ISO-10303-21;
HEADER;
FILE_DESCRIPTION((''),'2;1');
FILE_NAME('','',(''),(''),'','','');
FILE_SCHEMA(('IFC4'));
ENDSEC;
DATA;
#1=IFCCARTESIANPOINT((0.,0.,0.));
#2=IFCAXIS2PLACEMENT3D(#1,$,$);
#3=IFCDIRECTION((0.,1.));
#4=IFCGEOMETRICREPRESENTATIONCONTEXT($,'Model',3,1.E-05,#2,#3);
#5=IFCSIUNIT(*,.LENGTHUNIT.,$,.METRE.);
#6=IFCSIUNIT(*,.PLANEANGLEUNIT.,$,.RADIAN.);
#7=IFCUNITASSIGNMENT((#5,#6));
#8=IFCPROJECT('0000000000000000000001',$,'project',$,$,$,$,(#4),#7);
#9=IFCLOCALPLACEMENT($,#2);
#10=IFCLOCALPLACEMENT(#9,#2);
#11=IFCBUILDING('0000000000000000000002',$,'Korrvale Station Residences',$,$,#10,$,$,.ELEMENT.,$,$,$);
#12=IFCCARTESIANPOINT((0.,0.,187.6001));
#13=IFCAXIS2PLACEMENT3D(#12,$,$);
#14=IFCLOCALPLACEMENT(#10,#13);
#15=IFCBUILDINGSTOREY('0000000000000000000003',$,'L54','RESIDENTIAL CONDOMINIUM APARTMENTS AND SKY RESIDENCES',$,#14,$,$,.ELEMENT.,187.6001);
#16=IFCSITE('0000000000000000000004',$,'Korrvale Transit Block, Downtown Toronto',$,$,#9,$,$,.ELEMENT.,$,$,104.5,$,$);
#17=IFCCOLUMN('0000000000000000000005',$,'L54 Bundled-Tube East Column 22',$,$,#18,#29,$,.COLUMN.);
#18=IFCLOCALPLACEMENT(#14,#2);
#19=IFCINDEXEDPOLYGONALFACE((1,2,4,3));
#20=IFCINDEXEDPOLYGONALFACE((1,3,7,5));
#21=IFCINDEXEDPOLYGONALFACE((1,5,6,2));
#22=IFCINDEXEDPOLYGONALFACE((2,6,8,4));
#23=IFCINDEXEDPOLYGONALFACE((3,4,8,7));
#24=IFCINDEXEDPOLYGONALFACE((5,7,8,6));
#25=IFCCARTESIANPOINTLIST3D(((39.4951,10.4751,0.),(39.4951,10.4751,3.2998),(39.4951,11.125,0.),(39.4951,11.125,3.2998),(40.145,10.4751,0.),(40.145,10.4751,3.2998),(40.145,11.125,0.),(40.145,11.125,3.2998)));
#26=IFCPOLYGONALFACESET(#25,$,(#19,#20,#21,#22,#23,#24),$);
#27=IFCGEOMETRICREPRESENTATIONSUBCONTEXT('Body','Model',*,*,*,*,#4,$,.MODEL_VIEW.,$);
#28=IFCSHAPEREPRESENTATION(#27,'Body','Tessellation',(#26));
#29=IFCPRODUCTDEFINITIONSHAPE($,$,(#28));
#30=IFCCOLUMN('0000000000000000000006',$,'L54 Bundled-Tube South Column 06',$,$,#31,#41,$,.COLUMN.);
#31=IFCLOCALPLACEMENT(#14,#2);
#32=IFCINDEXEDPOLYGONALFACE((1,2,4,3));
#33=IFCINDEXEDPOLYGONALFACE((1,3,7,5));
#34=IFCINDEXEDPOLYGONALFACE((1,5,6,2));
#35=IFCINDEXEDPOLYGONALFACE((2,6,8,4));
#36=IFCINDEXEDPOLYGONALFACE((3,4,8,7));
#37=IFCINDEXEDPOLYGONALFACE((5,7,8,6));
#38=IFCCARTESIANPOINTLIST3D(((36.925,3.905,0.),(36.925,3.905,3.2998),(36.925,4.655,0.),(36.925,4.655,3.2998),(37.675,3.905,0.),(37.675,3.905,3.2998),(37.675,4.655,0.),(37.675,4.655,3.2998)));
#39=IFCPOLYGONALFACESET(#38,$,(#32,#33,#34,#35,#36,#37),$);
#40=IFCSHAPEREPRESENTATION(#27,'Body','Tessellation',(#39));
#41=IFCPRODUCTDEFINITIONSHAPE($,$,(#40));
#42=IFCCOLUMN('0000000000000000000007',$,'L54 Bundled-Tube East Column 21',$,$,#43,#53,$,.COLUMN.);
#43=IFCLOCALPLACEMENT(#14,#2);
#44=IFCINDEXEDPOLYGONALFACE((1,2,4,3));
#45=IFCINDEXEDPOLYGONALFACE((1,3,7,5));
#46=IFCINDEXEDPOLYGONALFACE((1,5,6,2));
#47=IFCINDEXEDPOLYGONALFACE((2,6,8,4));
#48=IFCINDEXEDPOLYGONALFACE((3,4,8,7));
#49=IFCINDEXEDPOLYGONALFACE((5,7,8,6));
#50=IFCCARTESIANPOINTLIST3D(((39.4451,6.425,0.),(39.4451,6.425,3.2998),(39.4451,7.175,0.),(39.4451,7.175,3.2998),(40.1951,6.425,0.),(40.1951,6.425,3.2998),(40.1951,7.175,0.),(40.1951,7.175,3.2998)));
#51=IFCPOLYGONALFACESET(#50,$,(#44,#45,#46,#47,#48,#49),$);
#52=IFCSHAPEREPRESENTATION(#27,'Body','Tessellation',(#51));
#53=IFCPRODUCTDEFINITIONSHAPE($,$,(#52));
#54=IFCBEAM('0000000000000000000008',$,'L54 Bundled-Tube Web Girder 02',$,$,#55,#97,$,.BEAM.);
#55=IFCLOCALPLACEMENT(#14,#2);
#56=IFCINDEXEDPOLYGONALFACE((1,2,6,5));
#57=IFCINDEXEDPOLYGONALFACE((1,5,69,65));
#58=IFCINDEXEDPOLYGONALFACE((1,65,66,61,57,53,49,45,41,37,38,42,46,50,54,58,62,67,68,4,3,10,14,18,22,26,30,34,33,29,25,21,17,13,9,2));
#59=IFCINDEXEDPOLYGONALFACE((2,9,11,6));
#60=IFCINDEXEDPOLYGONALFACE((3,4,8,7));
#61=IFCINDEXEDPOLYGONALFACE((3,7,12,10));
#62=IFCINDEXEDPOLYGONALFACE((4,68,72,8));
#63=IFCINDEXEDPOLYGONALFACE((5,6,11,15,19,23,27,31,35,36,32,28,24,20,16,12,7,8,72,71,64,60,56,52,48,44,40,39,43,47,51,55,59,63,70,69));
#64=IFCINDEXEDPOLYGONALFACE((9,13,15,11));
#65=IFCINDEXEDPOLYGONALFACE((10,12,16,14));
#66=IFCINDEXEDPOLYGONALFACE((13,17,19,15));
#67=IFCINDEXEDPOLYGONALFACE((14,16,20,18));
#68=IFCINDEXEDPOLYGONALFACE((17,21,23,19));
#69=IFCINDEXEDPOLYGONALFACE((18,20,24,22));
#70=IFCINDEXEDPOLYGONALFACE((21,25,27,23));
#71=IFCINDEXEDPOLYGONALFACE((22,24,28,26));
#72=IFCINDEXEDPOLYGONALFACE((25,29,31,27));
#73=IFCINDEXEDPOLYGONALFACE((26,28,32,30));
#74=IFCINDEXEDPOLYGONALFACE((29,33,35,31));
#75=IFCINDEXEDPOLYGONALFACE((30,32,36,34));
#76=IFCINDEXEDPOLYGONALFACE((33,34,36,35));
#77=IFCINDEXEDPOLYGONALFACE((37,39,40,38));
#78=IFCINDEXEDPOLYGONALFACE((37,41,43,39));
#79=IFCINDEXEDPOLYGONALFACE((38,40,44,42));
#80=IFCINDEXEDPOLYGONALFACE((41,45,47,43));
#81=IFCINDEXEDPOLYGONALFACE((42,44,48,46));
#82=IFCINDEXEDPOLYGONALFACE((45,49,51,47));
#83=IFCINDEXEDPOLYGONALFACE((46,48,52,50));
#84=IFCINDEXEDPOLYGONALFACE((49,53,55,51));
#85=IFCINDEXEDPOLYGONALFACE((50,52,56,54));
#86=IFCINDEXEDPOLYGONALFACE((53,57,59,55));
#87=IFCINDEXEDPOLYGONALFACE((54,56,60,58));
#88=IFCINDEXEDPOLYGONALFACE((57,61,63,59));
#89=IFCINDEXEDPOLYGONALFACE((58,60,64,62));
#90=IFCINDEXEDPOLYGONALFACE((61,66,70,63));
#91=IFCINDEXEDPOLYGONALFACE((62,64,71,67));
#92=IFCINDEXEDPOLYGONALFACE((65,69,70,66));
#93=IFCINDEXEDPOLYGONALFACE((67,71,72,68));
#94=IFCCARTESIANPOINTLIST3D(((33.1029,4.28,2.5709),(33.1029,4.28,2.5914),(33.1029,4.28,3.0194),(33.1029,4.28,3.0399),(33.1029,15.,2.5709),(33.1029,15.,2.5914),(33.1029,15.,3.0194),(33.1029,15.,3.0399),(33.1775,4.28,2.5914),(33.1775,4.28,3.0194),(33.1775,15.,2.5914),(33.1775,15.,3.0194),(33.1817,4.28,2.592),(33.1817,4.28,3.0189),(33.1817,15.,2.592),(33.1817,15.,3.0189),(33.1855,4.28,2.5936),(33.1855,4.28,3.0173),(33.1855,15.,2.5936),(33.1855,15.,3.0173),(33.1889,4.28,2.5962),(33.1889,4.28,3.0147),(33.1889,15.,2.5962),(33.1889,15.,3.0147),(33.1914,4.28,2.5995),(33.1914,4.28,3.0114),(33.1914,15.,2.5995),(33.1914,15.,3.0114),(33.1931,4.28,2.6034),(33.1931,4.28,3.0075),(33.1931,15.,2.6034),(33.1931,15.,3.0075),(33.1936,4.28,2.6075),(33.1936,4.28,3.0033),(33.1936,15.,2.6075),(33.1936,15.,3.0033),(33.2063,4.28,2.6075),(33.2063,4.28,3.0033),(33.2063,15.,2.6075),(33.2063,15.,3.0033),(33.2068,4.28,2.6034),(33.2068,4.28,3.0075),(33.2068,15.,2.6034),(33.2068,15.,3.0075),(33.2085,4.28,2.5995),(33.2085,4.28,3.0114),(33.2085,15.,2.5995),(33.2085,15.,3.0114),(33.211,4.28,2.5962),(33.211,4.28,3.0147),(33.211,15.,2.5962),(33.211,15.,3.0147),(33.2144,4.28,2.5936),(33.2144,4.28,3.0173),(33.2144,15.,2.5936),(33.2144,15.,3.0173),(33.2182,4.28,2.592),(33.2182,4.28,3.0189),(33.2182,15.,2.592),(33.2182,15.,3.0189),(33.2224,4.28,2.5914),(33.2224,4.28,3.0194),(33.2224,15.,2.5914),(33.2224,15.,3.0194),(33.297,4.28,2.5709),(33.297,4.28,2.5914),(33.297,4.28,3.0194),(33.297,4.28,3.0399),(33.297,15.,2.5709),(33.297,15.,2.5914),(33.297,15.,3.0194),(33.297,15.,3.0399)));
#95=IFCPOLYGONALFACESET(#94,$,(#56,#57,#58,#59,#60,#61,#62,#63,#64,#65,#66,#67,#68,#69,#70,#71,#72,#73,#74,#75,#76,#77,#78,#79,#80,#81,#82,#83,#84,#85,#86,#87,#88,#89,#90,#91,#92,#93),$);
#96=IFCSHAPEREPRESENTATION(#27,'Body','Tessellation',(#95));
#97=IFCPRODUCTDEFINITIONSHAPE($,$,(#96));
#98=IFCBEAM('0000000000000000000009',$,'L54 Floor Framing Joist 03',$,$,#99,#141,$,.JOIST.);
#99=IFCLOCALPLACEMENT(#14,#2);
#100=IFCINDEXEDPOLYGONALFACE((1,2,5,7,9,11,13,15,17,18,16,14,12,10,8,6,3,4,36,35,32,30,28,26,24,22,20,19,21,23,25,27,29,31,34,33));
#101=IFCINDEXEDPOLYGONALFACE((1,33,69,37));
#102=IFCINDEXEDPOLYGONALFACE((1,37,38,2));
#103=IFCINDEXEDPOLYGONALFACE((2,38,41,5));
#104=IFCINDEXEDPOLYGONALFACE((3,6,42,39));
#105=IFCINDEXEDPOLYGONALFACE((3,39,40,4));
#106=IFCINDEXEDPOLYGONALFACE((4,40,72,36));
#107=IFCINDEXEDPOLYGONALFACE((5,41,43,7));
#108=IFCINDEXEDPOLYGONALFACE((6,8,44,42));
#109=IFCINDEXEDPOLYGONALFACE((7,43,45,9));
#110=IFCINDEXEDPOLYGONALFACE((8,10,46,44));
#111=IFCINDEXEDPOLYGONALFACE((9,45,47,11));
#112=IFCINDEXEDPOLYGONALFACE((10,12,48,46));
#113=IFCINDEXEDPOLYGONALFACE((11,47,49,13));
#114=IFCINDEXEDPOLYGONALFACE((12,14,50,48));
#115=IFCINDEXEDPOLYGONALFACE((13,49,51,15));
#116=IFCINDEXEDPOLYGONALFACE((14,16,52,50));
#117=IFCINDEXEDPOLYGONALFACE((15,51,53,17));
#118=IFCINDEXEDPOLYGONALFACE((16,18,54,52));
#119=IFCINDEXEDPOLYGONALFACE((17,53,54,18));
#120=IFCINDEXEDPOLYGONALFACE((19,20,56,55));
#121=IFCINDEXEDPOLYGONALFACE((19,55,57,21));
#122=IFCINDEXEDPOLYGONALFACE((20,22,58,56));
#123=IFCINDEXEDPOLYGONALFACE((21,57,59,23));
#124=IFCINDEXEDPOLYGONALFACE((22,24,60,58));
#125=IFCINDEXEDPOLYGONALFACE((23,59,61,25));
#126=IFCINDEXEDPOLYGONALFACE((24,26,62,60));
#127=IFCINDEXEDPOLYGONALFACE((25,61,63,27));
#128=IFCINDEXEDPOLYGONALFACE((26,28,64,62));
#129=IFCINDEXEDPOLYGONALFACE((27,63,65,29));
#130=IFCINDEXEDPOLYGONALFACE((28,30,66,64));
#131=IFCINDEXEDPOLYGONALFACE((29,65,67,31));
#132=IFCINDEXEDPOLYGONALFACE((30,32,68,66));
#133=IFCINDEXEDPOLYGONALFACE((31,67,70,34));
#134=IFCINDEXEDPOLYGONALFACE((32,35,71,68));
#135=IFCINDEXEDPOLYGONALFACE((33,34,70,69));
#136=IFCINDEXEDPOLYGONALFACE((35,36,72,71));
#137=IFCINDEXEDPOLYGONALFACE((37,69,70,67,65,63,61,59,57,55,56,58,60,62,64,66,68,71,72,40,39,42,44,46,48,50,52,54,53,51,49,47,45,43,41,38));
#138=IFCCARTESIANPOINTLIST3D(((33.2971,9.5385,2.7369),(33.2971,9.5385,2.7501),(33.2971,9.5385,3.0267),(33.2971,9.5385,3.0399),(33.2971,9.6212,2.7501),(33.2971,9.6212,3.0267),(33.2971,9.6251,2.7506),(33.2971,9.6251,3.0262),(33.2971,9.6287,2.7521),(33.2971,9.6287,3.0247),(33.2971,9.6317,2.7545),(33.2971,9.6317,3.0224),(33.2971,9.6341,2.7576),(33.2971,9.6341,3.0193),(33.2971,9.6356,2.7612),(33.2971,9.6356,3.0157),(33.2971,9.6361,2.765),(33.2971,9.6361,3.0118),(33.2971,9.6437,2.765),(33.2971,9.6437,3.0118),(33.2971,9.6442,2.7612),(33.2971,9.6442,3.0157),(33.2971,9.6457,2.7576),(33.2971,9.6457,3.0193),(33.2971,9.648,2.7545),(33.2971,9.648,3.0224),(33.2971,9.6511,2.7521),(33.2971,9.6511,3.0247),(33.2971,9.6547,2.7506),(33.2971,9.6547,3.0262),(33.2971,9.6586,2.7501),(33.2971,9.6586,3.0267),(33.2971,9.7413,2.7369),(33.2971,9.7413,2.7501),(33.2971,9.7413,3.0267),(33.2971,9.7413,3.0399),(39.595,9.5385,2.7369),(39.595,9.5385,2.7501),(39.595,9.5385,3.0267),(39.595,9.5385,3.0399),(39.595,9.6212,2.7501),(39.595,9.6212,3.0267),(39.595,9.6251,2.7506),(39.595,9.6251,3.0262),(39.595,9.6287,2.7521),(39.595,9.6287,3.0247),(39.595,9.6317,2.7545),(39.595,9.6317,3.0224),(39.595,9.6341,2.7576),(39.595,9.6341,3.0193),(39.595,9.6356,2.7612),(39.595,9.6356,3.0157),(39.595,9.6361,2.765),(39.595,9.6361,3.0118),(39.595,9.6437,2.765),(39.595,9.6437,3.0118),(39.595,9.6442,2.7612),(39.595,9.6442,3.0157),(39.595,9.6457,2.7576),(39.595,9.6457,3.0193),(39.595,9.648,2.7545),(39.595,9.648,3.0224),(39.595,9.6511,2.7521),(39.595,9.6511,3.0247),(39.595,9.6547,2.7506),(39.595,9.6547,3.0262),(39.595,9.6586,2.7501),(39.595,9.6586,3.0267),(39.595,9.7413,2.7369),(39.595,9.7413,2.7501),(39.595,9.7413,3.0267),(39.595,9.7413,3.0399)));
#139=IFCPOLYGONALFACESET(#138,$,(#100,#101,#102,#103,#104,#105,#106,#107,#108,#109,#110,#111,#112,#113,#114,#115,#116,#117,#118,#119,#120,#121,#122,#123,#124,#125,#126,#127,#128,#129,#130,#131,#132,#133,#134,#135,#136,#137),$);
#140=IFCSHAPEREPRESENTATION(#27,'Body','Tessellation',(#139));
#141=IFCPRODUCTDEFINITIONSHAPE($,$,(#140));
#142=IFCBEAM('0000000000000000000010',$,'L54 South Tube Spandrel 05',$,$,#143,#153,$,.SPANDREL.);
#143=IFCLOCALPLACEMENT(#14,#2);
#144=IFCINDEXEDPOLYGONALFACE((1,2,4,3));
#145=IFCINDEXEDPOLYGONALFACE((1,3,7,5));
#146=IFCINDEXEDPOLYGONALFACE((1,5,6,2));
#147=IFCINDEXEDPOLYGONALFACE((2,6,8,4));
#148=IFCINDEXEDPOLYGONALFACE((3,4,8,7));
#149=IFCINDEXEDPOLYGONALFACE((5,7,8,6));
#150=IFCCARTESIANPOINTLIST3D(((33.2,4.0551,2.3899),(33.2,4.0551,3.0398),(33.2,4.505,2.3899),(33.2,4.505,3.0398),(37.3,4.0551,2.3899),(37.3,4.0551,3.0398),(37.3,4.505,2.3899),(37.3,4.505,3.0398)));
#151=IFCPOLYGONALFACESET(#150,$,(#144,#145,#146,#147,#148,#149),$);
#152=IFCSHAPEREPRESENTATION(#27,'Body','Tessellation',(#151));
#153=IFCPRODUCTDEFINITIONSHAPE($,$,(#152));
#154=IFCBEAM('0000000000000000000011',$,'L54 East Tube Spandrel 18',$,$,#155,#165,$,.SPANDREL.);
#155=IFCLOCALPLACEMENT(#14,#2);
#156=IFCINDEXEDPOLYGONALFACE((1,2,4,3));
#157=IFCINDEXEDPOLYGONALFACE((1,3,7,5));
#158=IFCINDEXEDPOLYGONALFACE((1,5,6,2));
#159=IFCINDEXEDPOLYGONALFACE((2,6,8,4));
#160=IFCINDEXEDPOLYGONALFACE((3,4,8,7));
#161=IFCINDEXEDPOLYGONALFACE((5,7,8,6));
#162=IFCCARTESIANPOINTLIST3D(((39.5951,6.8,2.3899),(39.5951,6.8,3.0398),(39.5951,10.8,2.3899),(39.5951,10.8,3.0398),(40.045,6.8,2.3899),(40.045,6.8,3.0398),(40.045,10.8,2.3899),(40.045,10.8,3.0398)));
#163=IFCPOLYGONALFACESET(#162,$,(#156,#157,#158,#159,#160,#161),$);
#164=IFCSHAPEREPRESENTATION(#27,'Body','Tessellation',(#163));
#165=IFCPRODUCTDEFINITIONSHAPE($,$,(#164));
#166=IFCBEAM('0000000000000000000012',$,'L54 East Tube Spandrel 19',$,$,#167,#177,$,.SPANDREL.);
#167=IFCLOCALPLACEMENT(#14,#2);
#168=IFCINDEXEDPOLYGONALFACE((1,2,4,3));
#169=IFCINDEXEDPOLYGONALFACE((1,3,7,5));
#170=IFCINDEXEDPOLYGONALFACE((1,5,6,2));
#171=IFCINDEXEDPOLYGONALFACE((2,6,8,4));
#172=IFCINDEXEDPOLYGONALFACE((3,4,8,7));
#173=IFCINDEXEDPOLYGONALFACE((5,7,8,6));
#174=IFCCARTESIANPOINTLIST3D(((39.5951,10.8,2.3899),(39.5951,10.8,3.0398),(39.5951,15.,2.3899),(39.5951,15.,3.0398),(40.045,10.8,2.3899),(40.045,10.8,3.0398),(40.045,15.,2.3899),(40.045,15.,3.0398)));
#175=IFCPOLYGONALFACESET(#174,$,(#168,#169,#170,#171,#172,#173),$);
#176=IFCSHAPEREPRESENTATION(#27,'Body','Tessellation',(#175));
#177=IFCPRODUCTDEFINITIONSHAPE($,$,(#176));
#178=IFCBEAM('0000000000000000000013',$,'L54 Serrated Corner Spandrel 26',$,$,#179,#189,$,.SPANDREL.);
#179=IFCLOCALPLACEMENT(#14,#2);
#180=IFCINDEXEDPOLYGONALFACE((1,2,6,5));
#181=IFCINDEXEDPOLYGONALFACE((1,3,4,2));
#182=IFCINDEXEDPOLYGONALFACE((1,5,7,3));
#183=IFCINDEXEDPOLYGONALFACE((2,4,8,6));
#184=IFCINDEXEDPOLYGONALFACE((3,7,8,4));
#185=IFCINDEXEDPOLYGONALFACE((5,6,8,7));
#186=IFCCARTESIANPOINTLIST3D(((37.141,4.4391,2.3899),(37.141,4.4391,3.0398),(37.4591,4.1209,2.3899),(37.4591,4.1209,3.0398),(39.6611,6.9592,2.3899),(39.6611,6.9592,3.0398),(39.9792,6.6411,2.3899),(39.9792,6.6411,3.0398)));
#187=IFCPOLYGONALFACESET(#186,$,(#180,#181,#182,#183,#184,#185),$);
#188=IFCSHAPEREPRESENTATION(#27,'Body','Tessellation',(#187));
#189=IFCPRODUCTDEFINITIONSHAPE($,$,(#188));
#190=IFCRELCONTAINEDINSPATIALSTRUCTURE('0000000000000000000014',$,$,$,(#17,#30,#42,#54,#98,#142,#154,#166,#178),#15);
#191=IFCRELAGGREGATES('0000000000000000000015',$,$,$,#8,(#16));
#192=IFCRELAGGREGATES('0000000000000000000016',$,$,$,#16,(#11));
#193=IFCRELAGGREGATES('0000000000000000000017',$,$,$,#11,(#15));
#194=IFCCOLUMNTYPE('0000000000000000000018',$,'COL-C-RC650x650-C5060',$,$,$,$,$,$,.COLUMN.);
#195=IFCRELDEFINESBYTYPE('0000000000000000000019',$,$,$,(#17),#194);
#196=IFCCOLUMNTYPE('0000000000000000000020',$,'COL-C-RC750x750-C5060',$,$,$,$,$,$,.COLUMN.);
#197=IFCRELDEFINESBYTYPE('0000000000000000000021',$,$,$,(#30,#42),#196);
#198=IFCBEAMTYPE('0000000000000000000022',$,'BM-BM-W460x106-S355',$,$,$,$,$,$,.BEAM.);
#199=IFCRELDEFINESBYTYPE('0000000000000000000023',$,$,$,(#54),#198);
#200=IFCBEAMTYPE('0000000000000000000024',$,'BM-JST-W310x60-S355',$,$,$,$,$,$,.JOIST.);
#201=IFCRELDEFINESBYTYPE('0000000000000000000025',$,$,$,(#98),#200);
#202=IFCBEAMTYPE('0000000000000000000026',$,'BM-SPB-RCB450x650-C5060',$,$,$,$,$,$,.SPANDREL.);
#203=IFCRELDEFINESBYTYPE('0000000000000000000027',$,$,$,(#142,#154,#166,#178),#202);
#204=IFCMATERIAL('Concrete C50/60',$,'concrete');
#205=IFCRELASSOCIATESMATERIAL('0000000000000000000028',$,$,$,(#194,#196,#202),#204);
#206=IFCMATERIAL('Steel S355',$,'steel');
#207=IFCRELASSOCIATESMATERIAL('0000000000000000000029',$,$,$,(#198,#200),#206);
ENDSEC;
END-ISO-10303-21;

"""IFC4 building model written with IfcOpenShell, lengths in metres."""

from ifc_helpers import new_model, si_unit, direction, frame, origin, origin_2d, place, context, subcontext, project, spatial, rectangle, i_section, extrude, material, material_profile, profile_set, type_object, element, save


model = new_model("IFC4")

# Units and contexts
model_context = context("Model", 3, precision=1e-05, world=origin(), true_north=direction((0.0, 1.0)))
body_context = subcontext(model_context, "Body", "Model", "MODEL_VIEW")
ifc_project = project(units=[si_unit("LENGTHUNIT", "METRE"), si_unit("PLANEANGLEUNIT", "RADIAN")], contexts=[model_context])

# Site, building, storey
site_placement = place(None, origin())
site = spatial("IfcSite", under=ifc_project, at=site_placement, Name="Korrvale Transit Block, Downtown Toronto", CompositionType="ELEMENT", RefElevation=104.5)
building_placement = place(site_placement, origin())
building = spatial("IfcBuilding", under=site, at=building_placement, Name="Korrvale Station Residences", CompositionType="ELEMENT")
storey_placement = place(building_placement, frame((0.0, 0.0, 187.6001)))
storey = spatial("IfcBuildingStorey", under=building, at=storey_placement, Name="L54", Description="RESIDENTIAL CONDOMINIUM APARTMENTS AND SKY RESIDENCES", CompositionType="ELEMENT", Elevation=187.6001)

# Columns
ifc_material_1 = material(Name="Concrete C50/60", Category="concrete")
ifc_material_profile_1 = material_profile(ifc_material_1, rectangle(XDim=0.6499, YDim=0.6499, at=origin_2d()), Name="RC650x650")
ifc_profile_set_1 = profile_set([ifc_material_profile_1], Name="Concrete C50/60")
column_type_1 = type_object("IfcColumnType", Name="COL-C-RC650x650-C5060", PredefinedType="COLUMN", material=ifc_profile_set_1)
column_placement = place(storey_placement, frame((39.8201, 10.8, 0.0), z_axis=(0.0, 0.0, 1.0), x_axis=(1.0, 0.0, 0.0)))
element("IfcColumn", 1, at=column_placement, inside=storey, type_object=column_type_1, Name="L54 Bundled-Tube East Column 22", PredefinedType="COLUMN", context=body_context, shape_type="SweptSolid", body=[
    extrude(rectangle(XDim=0.6499, YDim=0.6499, at=origin_2d()), origin(), (0.0, 0.0, 1.0), 3.2998),
])
ifc_material_profile_2 = material_profile(ifc_material_1, rectangle(XDim=0.75, YDim=0.75, at=origin_2d()), Name="RC750x750")
ifc_profile_set_2 = profile_set([ifc_material_profile_2], Name="Concrete C50/60")
column_type_2 = type_object("IfcColumnType", Name="COL-C-RC750x750-C5060", PredefinedType="COLUMN", material=ifc_profile_set_2)
for number, where, z_axis, x_axis, name in (
    (2, (37.3, 4.28, 0.0), (0.0, 0.0, 1.0), (1.0, 0.0, 0.0), "L54 Bundled-Tube South Column 06"),
    (3, (39.8201, 6.8, 0.0), (0.0, 0.0, 1.0), (1.0, 0.0, 0.0), "L54 Bundled-Tube East Column 21"),
):
    element("IfcColumn", number, at=place(storey_placement, frame(where, z_axis=z_axis, x_axis=x_axis)), inside=storey, type_object=column_type_2, Name=name, PredefinedType="COLUMN", context=body_context, shape_type="SweptSolid", body=[
        extrude(rectangle(XDim=0.75, YDim=0.75, at=origin_2d()), origin(), (0.0, 0.0, 1.0), 3.2998),
    ])

# Beams
ifc_material_2 = material(Name="Steel S355", Category="steel")
ifc_material_profile_3 = material_profile(ifc_material_2, i_section(OverallWidth=0.1941, OverallDepth=0.469, WebThickness=0.0127, FlangeThickness=0.0205, FilletRadius=0.0161, at=origin_2d()), Name="W460x106")
ifc_profile_set_3 = profile_set([ifc_material_profile_3], Name="Steel S355")
beam_type_1 = type_object("IfcBeamType", Name="BM-BM-W460x106-S355", PredefinedType="BEAM", material=ifc_profile_set_3)
beam_1_placement = place(storey_placement, frame((33.2, 4.28, 2.8054), z_axis=(0.0, 1.0, 0.0), x_axis=(-1.0, 0.0, 0.0)))
element("IfcBeam", 4, at=beam_1_placement, inside=storey, type_object=beam_type_1, Name="L54 Bundled-Tube Web Girder 02", PredefinedType="BEAM", context=body_context, shape_type="SweptSolid", body=[
    extrude(i_section(OverallWidth=0.1941, OverallDepth=0.469, WebThickness=0.0127, FlangeThickness=0.0205, FilletRadius=0.0161, at=origin_2d()), origin(), (0.0, 0.0, 1.0), 10.72),
])
ifc_material_profile_4 = material_profile(ifc_material_2, i_section(OverallWidth=0.2029, OverallDepth=0.303, WebThickness=0.0076, FlangeThickness=0.0132, FilletRadius=0.0149, at=origin_2d()), Name="W310x60")
ifc_profile_set_4 = profile_set([ifc_material_profile_4], Name="Steel S355")
beam_type_2 = type_object("IfcBeamType", Name="BM-JST-W310x60-S355", PredefinedType="JOIST", material=ifc_profile_set_4)
beam_2_placement = place(storey_placement, frame((33.2971, 9.6399, 2.8884), z_axis=(1.0, 0.0, 0.0), x_axis=(0.0, 1.0, 0.0)))
element("IfcBeam", 5, at=beam_2_placement, inside=storey, type_object=beam_type_2, Name="L54 Floor Framing Joist 03", PredefinedType="JOIST", context=body_context, shape_type="SweptSolid", body=[
    extrude(i_section(OverallWidth=0.2029, OverallDepth=0.303, WebThickness=0.0076, FlangeThickness=0.0132, FilletRadius=0.0149, at=origin_2d()), origin(), (0.0, 0.0, 1.0), 6.2979),
])
ifc_material_profile_5 = material_profile(ifc_material_1, rectangle(XDim=0.45, YDim=0.6499, at=origin_2d()), Name="RCB450x650")
ifc_profile_set_5 = profile_set([ifc_material_profile_5], Name="Concrete C50/60")
beam_type_3 = type_object("IfcBeamType", Name="BM-SPB-RCB450x650-C5060", PredefinedType="SPANDREL", material=ifc_profile_set_5)
beam_3_placement = place(storey_placement, frame((33.2, 4.28, 2.7148), z_axis=(1.0, 0.0, 0.0), x_axis=(0.0, 1.0, 0.0)))
element("IfcBeam", 6, at=beam_3_placement, inside=storey, type_object=beam_type_3, Name="L54 South Tube Spandrel 05", PredefinedType="SPANDREL", context=body_context, shape_type="SweptSolid", body=[
    extrude(rectangle(XDim=0.45, YDim=0.6499, at=origin_2d()), origin(), (0.0, 0.0, 1.0), 4.1001),
])
beam_4_placement = place(storey_placement, frame((39.8201, 6.8, 2.7148), z_axis=(0.0, 1.0, 0.0), x_axis=(-1.0, 0.0, 0.0)))
element("IfcBeam", 7, at=beam_4_placement, inside=storey, type_object=beam_type_3, Name="L54 East Tube Spandrel 18", PredefinedType="SPANDREL", context=body_context, shape_type="SweptSolid", body=[
    extrude(rectangle(XDim=0.45, YDim=0.6499, at=origin_2d()), origin(), (0.0, 0.0, 1.0), 4.0),
])
beam_5_placement = place(storey_placement, frame((39.8201, 10.8, 2.7148), z_axis=(0.0, 1.0, 0.0), x_axis=(-1.0, 0.0, 0.0)))
element("IfcBeam", 8, at=beam_5_placement, inside=storey, type_object=beam_type_3, Name="L54 East Tube Spandrel 19", PredefinedType="SPANDREL", context=body_context, shape_type="SweptSolid", body=[
    extrude(rectangle(XDim=0.45, YDim=0.6499, at=origin_2d()), origin(), (0.0, 0.0, 1.0), 4.2),
])
beam_6_placement = place(storey_placement, frame((37.3, 4.28, 2.7148), z_axis=(0.707107, 0.707107, 0.0), x_axis=(-0.707107, 0.707107, 0.0)))
element("IfcBeam", 9, at=beam_6_placement, inside=storey, type_object=beam_type_3, Name="L54 Serrated Corner Spandrel 26", PredefinedType="SPANDREL", context=body_context, shape_type="SweptSolid", body=[
    extrude(rectangle(XDim=0.45, YDim=0.6499, at=origin_2d()), origin(), (0.0, 0.0, 1.0), 3.564),
])

save(model, "model.ifc")
